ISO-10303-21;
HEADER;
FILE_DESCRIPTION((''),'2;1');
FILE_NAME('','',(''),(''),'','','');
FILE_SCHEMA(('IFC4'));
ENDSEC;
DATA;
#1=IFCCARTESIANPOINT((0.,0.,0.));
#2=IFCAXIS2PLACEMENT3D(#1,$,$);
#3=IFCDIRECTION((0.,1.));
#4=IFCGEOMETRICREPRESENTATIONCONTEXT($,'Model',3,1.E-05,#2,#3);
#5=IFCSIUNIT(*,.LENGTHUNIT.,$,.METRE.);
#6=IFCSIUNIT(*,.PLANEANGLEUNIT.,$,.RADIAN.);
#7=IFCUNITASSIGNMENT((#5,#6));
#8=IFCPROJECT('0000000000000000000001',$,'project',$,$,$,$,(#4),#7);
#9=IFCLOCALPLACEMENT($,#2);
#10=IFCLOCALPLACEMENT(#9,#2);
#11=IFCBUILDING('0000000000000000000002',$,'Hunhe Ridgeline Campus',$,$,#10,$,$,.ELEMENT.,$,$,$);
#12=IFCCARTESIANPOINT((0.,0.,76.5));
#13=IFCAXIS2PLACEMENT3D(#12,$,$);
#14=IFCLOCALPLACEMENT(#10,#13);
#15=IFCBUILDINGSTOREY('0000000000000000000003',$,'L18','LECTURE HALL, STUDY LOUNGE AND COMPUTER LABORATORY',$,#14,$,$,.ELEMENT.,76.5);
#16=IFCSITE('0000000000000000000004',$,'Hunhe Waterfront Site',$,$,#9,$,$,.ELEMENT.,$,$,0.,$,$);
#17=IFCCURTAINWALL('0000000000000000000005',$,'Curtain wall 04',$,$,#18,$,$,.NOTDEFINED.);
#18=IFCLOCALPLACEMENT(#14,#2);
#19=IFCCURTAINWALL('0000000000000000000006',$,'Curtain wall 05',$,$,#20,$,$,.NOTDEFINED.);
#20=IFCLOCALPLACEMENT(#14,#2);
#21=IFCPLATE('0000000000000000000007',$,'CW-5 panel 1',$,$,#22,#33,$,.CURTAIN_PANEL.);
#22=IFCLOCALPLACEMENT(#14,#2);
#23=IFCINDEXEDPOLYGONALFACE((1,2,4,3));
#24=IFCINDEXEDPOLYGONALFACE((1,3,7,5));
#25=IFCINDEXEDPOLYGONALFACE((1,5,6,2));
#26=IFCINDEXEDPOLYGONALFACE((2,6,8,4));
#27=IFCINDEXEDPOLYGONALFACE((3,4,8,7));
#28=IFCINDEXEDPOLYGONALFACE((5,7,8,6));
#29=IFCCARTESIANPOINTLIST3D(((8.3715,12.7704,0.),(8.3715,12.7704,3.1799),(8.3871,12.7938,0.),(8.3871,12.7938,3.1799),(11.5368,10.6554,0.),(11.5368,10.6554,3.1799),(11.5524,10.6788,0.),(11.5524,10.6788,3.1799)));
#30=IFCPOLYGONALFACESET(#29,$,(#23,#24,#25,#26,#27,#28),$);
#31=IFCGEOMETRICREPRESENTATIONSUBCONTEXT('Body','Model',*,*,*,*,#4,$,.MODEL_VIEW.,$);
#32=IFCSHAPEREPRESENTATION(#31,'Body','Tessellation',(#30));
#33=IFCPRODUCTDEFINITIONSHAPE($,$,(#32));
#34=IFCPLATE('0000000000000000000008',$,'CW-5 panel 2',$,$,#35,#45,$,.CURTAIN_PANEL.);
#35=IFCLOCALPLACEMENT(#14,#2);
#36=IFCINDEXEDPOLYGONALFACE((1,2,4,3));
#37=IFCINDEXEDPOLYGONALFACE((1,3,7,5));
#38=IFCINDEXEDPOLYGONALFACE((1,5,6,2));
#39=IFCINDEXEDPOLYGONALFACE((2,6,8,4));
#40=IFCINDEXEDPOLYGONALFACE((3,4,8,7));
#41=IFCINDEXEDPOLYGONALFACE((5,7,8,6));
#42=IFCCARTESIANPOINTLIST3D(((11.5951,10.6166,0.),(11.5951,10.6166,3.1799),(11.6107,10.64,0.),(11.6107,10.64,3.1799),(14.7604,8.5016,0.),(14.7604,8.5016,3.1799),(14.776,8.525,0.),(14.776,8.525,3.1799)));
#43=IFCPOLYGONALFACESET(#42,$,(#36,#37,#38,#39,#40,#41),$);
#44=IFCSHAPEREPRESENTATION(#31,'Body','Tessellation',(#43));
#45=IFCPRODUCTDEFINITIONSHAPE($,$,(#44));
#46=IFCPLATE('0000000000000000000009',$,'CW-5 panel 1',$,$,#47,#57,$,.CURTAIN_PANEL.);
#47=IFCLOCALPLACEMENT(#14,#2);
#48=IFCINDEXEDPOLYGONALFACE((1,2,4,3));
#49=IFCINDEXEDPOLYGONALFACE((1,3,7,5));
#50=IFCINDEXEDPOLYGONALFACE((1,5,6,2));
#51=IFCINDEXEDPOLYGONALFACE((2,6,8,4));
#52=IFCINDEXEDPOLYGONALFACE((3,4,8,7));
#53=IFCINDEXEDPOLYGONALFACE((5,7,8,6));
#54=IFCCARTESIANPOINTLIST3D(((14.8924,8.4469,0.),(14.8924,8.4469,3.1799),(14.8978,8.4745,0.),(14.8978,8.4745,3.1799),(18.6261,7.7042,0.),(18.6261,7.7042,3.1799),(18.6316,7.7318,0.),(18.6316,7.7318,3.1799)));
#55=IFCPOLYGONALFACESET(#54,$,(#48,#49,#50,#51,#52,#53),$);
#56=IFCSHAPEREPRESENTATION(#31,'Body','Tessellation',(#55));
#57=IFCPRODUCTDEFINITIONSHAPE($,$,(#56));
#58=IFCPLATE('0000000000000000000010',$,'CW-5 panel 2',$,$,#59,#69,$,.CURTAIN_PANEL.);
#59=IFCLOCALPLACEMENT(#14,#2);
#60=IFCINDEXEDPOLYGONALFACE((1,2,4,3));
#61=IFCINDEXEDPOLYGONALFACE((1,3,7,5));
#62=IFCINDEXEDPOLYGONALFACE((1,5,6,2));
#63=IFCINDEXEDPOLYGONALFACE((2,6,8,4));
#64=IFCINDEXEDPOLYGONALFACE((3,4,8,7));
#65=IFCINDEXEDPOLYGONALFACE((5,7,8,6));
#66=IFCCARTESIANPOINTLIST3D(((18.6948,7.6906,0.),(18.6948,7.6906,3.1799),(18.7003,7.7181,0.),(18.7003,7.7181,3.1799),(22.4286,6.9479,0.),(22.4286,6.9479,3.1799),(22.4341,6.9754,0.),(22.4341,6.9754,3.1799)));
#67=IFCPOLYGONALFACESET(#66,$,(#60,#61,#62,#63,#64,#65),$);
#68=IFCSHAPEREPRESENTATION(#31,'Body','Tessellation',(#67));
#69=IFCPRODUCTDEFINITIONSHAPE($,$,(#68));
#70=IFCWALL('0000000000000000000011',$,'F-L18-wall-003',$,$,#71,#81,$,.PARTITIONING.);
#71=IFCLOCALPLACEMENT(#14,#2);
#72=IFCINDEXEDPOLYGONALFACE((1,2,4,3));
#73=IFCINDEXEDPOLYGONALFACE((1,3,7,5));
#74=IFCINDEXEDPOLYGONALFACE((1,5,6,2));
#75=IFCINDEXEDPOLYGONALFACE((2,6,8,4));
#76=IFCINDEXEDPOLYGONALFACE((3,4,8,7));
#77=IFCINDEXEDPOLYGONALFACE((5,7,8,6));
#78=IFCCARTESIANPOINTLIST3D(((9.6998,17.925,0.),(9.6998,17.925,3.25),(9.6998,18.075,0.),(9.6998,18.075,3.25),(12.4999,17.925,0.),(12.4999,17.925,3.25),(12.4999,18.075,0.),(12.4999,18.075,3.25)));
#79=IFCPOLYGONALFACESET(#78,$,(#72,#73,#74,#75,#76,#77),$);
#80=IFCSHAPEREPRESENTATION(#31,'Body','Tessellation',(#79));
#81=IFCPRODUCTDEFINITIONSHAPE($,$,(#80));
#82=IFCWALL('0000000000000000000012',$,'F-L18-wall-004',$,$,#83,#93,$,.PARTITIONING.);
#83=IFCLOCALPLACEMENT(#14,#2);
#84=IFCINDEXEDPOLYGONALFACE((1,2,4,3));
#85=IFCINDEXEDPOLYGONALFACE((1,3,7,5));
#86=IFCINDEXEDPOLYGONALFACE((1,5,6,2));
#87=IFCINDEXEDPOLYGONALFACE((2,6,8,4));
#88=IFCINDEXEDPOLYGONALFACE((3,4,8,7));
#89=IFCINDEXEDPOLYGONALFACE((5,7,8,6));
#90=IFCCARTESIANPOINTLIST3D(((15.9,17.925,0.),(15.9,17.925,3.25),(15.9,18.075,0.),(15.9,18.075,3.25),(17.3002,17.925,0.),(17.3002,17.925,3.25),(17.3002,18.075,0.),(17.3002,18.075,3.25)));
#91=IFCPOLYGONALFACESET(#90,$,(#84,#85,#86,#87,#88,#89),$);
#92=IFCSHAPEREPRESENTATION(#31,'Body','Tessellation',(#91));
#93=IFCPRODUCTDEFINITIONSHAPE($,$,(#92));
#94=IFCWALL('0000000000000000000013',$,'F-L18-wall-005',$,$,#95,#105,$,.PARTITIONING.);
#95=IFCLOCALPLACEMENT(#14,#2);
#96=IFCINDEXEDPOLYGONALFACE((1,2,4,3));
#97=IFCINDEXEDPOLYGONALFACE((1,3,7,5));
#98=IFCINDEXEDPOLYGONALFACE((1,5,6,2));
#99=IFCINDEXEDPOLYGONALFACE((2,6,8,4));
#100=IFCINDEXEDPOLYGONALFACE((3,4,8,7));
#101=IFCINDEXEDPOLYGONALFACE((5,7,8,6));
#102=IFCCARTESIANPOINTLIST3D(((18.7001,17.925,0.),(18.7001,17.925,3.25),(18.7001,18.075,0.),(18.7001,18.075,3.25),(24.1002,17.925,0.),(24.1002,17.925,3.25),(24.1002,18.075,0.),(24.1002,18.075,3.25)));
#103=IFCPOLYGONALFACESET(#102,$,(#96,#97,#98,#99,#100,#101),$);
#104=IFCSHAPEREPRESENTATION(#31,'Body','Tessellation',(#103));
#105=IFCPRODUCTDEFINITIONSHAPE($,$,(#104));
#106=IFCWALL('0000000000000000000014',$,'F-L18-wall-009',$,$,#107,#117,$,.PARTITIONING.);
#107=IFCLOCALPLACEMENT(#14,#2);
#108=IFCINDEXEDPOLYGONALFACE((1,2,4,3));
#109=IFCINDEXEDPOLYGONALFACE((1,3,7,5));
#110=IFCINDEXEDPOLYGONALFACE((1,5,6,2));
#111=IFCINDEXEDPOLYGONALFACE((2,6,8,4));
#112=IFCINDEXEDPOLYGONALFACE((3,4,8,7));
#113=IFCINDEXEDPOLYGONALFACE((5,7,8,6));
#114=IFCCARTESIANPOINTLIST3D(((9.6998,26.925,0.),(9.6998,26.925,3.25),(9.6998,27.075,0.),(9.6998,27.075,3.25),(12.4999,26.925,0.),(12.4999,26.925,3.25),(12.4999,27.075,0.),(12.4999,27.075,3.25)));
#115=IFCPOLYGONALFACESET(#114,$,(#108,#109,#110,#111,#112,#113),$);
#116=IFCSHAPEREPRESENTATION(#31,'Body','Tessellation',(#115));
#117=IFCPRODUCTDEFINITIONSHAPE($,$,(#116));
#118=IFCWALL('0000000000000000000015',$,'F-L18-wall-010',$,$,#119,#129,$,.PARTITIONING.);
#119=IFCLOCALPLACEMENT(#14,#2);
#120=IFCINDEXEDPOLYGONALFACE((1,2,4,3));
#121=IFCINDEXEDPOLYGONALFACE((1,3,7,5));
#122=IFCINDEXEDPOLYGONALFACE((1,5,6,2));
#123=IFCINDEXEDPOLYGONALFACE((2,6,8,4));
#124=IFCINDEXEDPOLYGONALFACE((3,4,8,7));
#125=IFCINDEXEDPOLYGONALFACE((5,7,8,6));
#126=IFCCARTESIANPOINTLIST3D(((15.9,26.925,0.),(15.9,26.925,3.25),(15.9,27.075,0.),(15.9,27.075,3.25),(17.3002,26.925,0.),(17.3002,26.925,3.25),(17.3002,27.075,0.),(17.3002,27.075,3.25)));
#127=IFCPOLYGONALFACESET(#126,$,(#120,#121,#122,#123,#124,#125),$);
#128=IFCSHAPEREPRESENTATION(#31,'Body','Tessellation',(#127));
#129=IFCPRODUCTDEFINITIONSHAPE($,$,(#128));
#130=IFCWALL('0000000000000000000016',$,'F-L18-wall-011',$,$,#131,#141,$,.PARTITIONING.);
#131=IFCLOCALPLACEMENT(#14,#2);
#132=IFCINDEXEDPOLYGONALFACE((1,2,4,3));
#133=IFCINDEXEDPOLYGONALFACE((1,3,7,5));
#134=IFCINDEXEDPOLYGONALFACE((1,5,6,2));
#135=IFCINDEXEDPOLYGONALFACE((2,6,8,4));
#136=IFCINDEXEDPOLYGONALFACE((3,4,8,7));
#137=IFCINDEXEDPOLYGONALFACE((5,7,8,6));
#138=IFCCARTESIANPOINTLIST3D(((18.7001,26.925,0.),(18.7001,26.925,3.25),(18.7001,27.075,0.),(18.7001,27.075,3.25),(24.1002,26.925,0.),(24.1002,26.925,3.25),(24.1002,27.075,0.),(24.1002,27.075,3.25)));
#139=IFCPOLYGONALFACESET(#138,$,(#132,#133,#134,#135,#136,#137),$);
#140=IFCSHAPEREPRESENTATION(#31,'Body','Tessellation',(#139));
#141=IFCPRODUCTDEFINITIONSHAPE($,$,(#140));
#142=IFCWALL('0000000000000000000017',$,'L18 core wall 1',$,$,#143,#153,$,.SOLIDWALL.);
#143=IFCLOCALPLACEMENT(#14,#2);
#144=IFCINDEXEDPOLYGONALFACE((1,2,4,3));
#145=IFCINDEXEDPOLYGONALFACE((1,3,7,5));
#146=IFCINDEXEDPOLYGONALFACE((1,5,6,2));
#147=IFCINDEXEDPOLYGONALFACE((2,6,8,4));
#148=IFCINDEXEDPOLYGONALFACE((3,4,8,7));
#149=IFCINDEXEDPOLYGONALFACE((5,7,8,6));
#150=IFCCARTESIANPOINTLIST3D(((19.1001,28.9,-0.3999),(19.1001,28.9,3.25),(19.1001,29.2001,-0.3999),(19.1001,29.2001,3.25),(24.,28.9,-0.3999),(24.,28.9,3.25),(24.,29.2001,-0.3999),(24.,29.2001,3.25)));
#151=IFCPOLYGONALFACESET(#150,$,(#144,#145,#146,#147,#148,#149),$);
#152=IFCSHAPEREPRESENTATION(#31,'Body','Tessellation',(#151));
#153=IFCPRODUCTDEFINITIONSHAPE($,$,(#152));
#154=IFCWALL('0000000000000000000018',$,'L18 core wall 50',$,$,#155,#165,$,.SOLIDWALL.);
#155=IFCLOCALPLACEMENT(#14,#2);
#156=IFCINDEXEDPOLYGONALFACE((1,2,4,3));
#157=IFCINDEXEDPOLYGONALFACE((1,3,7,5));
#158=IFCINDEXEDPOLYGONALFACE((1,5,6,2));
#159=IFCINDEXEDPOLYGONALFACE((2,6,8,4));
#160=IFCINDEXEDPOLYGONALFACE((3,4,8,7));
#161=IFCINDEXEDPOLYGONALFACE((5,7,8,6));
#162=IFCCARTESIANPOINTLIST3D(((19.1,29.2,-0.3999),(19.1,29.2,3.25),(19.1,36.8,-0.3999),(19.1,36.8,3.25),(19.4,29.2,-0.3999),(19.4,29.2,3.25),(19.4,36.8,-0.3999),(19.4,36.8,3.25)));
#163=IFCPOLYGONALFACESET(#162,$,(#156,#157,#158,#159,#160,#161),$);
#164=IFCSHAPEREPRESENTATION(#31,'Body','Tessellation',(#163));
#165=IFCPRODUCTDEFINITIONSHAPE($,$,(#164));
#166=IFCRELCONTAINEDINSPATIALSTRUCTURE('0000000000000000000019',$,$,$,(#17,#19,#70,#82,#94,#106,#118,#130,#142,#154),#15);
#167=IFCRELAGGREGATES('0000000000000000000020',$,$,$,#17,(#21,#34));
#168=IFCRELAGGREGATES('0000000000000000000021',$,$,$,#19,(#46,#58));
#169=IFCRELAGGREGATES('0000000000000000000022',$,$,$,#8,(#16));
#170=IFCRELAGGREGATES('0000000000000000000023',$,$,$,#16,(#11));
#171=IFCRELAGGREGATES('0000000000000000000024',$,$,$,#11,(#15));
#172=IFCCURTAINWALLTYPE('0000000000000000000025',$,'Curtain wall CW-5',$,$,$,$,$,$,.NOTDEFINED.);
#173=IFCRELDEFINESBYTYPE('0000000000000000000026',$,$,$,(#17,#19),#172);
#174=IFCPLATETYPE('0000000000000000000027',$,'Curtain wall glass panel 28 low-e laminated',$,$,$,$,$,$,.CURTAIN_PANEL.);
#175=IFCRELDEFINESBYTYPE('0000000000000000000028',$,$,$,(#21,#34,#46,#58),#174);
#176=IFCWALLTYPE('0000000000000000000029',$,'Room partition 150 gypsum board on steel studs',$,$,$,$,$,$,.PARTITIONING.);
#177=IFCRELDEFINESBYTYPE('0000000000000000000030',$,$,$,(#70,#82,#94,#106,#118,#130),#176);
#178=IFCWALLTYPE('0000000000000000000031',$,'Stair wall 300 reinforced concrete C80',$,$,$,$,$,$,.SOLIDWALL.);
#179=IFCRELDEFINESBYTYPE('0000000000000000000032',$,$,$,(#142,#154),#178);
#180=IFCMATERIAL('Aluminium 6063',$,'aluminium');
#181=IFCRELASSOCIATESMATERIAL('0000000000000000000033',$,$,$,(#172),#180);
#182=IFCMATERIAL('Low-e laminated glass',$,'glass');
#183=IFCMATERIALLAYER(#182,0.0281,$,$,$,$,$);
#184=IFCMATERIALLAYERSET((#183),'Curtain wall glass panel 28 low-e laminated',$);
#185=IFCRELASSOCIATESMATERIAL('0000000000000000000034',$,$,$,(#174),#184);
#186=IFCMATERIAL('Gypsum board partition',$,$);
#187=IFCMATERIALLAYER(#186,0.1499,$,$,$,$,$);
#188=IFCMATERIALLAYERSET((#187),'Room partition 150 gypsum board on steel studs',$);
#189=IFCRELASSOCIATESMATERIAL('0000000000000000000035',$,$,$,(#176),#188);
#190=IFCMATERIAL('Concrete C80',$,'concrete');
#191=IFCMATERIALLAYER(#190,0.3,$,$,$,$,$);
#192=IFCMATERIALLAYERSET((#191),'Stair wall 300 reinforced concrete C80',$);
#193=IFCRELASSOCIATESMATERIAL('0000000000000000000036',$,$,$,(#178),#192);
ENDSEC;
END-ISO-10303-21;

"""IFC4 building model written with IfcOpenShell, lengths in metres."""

from ifc_helpers import new_model, si_unit, direction, frame, frame_2d, origin, origin_2d, place, context, subcontext, project, spatial, rectangle, extrude, material, layer, layer_set, type_object, element, aggregate, save


model = new_model("IFC4")

# Units and contexts
model_context = context("Model", 3, precision=1e-05, world=origin(), true_north=direction((0.0, 1.0)))
body_context = subcontext(model_context, "Body", "Model", "MODEL_VIEW")
ifc_project = project(units=[si_unit("LENGTHUNIT", "METRE"), si_unit("PLANEANGLEUNIT", "RADIAN")], contexts=[model_context])

# Site, building, storey
site_placement = place(None, origin())
site = spatial("IfcSite", under=ifc_project, at=site_placement, Name="Hunhe Waterfront Site", CompositionType="ELEMENT", RefElevation=0.0)
building_placement = place(site_placement, origin())
building = spatial("IfcBuilding", under=site, at=building_placement, Name="Hunhe Ridgeline Campus", CompositionType="ELEMENT")
storey_placement = place(building_placement, frame((0.0, 0.0, 76.5)))
storey = spatial("IfcBuildingStorey", under=building, at=storey_placement, Name="L18", Description="LECTURE HALL, STUDY LOUNGE AND COMPUTER LABORATORY", CompositionType="ELEMENT", Elevation=76.5)

# Shared definitions
ifc_material_1 = material(Name="Concrete C80", Category="concrete")

# Curtain walls
ifc_material_2 = material(Name="Aluminium 6063", Category="aluminium")
curtain_wall_type = type_object("IfcCurtainWallType", Name="Curtain wall CW-5", PredefinedType="NOTDEFINED", material=ifc_material_2)
curtain_wall_1_placement = place(storey_placement, origin())
curtain_wall_1 = element("IfcCurtainWall", 1, at=curtain_wall_1_placement, inside=storey, type_object=curtain_wall_type, Name="Curtain wall 04", PredefinedType="NOTDEFINED")
curtain_wall_2_placement = place(storey_placement, origin())
curtain_wall_2 = element("IfcCurtainWall", 2, at=curtain_wall_2_placement, inside=storey, type_object=curtain_wall_type, Name="Curtain wall 05", PredefinedType="NOTDEFINED")

# Plates
ifc_material_3 = material(Name="Low-e laminated glass", Category="glass")
ifc_layer_1 = layer(ifc_material_3, 0.0281)
ifc_layer_set_1 = layer_set([ifc_layer_1], Name="Curtain wall glass panel 28 low-e laminated")
plate_type = type_object("IfcPlateType", Name="Curtain wall glass panel 28 low-e laminated", PredefinedType="CURTAIN_PANEL", material=ifc_layer_set_1)
plate_1_placement = place(storey_placement, frame((9.9619, 11.7246, 0.0), z_axis=(0.0, 0.0, 1.0), x_axis=(0.83147, -0.55557, 0.0)))
plate_1 = element("IfcPlate", 3, at=plate_1_placement, type_object=plate_type, Name="CW-5 panel 1", PredefinedType="CURTAIN_PANEL", context=body_context, shape_type="SweptSolid", body=[
    extrude(rectangle(XDim=3.8069, YDim=0.0281, at=origin_2d()), origin(), (0.0, 0.0, 1.0), 3.1799),
])
plate_2_placement = place(storey_placement, frame((13.1855, 9.5708, 0.0), z_axis=(0.0, 0.0, 1.0), x_axis=(0.83147, -0.55557, 0.0)))
plate_2 = element("IfcPlate", 4, at=plate_2_placement, type_object=plate_type, Name="CW-5 panel 2", PredefinedType="CURTAIN_PANEL", context=body_context, shape_type="SweptSolid", body=[
    extrude(rectangle(XDim=3.8069, YDim=0.0281, at=origin_2d()), origin(), (0.0, 0.0, 1.0), 3.1799),
])
aggregate(curtain_wall_1, [plate_1, plate_2])
plate_3_placement = place(storey_placement, frame((16.762, 8.0894, 0.0), z_axis=(0.0, 0.0, 1.0), x_axis=(0.980785, -0.19509, 0.0)))
plate_3 = element("IfcPlate", 5, at=plate_3_placement, type_object=plate_type, Name="CW-5 panel 1", PredefinedType="CURTAIN_PANEL", context=body_context, shape_type="SweptSolid", body=[
    extrude(rectangle(XDim=3.8069, YDim=0.0281, at=origin_2d()), origin(), (0.0, 0.0, 1.0), 3.1799),
])
plate_4_placement = place(storey_placement, frame((20.5645, 7.333, 0.0), z_axis=(0.0, 0.0, 1.0), x_axis=(0.980785, -0.19509, 0.0)))
plate_4 = element("IfcPlate", 6, at=plate_4_placement, type_object=plate_type, Name="CW-5 panel 2", PredefinedType="CURTAIN_PANEL", context=body_context, shape_type="SweptSolid", body=[
    extrude(rectangle(XDim=3.8069, YDim=0.0281, at=origin_2d()), origin(), (0.0, 0.0, 1.0), 3.1799),
])
aggregate(curtain_wall_2, [plate_3, plate_4])

# Shared definitions
ifc_material_4 = material(Name="Gypsum board partition")

# Walls
ifc_layer_2 = layer(ifc_material_4, 0.1499)
ifc_layer_set_2 = layer_set([ifc_layer_2], Name="Room partition 150 gypsum board on steel studs")
wall_type_1 = type_object("IfcWallType", Name="Room partition 150 gypsum board on steel studs", PredefinedType="PARTITIONING", material=ifc_layer_set_2)
wall_1_placement = place(storey_placement, frame((9.7, 18.0, 0.0), z_axis=(0.0, 0.0, 1.0), x_axis=(1.0, 0.0, 0.0)))
element("IfcWall", 7, at=wall_1_placement, inside=storey, type_object=wall_type_1, Name="F-L18-wall-003", PredefinedType="PARTITIONING", context=body_context, shape_type="SweptSolid", body=[
    extrude(rectangle(XDim=2.8, YDim=0.1499, at=frame_2d((1.3999, 0.0))), origin(), (0.0, 0.0, 1.0), 3.25),
])
wall_2_placement = place(storey_placement, frame((15.8999, 18.0, 0.0), z_axis=(0.0, 0.0, 1.0), x_axis=(1.0, 0.0, 0.0)))
element("IfcWall", 8, at=wall_2_placement, inside=storey, type_object=wall_type_1, Name="F-L18-wall-004", PredefinedType="PARTITIONING", context=body_context, shape_type="SweptSolid", body=[
    extrude(rectangle(XDim=1.4001, YDim=0.1499, at=frame_2d((0.7002, 0.0))), origin(), (0.0, 0.0, 1.0), 3.25),
])
wall_3_placement = place(storey_placement, frame((18.7, 18.0, 0.0), z_axis=(0.0, 0.0, 1.0), x_axis=(1.0, 0.0, 0.0)))
element("IfcWall", 9, at=wall_3_placement, inside=storey, type_object=wall_type_1, Name="F-L18-wall-005", PredefinedType="PARTITIONING", context=body_context, shape_type="SweptSolid", body=[
    extrude(rectangle(XDim=5.4001, YDim=0.1499, at=frame_2d((2.7002, 0.0))), origin(), (0.0, 0.0, 1.0), 3.25),
])
wall_4_placement = place(storey_placement, frame((9.7, 27.0, 0.0), z_axis=(0.0, 0.0, 1.0), x_axis=(1.0, 0.0, 0.0)))
element("IfcWall", 10, at=wall_4_placement, inside=storey, type_object=wall_type_1, Name="F-L18-wall-009", PredefinedType="PARTITIONING", context=body_context, shape_type="SweptSolid", body=[
    extrude(rectangle(XDim=2.8, YDim=0.1499, at=frame_2d((1.3999, 0.0))), origin(), (0.0, 0.0, 1.0), 3.25),
])
wall_5_placement = place(storey_placement, frame((15.8999, 27.0, 0.0), z_axis=(0.0, 0.0, 1.0), x_axis=(1.0, 0.0, 0.0)))
element("IfcWall", 11, at=wall_5_placement, inside=storey, type_object=wall_type_1, Name="F-L18-wall-010", PredefinedType="PARTITIONING", context=body_context, shape_type="SweptSolid", body=[
    extrude(rectangle(XDim=1.4001, YDim=0.1499, at=frame_2d((0.7002, 0.0))), origin(), (0.0, 0.0, 1.0), 3.25),
])
wall_6_placement = place(storey_placement, frame((18.7, 27.0, 0.0), z_axis=(0.0, 0.0, 1.0), x_axis=(1.0, 0.0, 0.0)))
element("IfcWall", 12, at=wall_6_placement, inside=storey, type_object=wall_type_1, Name="F-L18-wall-011", PredefinedType="PARTITIONING", context=body_context, shape_type="SweptSolid", body=[
    extrude(rectangle(XDim=5.4001, YDim=0.1499, at=frame_2d((2.7002, 0.0))), origin(), (0.0, 0.0, 1.0), 3.25),
])
ifc_layer_3 = layer(ifc_material_1, 0.3)
ifc_layer_set_3 = layer_set([ifc_layer_3], Name="Stair wall 300 reinforced concrete C80")
wall_type_2 = type_object("IfcWallType", Name="Stair wall 300 reinforced concrete C80", PredefinedType="SOLIDWALL", material=ifc_layer_set_3)
wall_7_placement = place(storey_placement, frame((19.1001, 29.05, -0.3999), z_axis=(0.0, 0.0, 1.0), x_axis=(1.0, 0.0, 0.0)))
element("IfcWall", 13, at=wall_7_placement, inside=storey, type_object=wall_type_2, Name="L18 core wall 1", PredefinedType="SOLIDWALL", context=body_context, shape_type="SweptSolid", body=[
    extrude(rectangle(XDim=4.8999, YDim=0.3, at=frame_2d((2.45, 0.0))), origin(), (0.0, 0.0, 1.0), 3.6499),
])
wall_8_placement = place(storey_placement, frame((19.25, 29.2, -0.3999), z_axis=(0.0, 0.0, 1.0), x_axis=(0.0, 1.0, 0.0)))
element("IfcWall", 14, at=wall_8_placement, inside=storey, type_object=wall_type_2, Name="L18 core wall 50", PredefinedType="SOLIDWALL", context=body_context, shape_type="SweptSolid", body=[
    extrude(rectangle(XDim=7.6001, YDim=0.3, at=frame_2d((3.8, 0.0))), origin(), (0.0, 0.0, 1.0), 3.6499),
])

save(model, "model.ifc")
